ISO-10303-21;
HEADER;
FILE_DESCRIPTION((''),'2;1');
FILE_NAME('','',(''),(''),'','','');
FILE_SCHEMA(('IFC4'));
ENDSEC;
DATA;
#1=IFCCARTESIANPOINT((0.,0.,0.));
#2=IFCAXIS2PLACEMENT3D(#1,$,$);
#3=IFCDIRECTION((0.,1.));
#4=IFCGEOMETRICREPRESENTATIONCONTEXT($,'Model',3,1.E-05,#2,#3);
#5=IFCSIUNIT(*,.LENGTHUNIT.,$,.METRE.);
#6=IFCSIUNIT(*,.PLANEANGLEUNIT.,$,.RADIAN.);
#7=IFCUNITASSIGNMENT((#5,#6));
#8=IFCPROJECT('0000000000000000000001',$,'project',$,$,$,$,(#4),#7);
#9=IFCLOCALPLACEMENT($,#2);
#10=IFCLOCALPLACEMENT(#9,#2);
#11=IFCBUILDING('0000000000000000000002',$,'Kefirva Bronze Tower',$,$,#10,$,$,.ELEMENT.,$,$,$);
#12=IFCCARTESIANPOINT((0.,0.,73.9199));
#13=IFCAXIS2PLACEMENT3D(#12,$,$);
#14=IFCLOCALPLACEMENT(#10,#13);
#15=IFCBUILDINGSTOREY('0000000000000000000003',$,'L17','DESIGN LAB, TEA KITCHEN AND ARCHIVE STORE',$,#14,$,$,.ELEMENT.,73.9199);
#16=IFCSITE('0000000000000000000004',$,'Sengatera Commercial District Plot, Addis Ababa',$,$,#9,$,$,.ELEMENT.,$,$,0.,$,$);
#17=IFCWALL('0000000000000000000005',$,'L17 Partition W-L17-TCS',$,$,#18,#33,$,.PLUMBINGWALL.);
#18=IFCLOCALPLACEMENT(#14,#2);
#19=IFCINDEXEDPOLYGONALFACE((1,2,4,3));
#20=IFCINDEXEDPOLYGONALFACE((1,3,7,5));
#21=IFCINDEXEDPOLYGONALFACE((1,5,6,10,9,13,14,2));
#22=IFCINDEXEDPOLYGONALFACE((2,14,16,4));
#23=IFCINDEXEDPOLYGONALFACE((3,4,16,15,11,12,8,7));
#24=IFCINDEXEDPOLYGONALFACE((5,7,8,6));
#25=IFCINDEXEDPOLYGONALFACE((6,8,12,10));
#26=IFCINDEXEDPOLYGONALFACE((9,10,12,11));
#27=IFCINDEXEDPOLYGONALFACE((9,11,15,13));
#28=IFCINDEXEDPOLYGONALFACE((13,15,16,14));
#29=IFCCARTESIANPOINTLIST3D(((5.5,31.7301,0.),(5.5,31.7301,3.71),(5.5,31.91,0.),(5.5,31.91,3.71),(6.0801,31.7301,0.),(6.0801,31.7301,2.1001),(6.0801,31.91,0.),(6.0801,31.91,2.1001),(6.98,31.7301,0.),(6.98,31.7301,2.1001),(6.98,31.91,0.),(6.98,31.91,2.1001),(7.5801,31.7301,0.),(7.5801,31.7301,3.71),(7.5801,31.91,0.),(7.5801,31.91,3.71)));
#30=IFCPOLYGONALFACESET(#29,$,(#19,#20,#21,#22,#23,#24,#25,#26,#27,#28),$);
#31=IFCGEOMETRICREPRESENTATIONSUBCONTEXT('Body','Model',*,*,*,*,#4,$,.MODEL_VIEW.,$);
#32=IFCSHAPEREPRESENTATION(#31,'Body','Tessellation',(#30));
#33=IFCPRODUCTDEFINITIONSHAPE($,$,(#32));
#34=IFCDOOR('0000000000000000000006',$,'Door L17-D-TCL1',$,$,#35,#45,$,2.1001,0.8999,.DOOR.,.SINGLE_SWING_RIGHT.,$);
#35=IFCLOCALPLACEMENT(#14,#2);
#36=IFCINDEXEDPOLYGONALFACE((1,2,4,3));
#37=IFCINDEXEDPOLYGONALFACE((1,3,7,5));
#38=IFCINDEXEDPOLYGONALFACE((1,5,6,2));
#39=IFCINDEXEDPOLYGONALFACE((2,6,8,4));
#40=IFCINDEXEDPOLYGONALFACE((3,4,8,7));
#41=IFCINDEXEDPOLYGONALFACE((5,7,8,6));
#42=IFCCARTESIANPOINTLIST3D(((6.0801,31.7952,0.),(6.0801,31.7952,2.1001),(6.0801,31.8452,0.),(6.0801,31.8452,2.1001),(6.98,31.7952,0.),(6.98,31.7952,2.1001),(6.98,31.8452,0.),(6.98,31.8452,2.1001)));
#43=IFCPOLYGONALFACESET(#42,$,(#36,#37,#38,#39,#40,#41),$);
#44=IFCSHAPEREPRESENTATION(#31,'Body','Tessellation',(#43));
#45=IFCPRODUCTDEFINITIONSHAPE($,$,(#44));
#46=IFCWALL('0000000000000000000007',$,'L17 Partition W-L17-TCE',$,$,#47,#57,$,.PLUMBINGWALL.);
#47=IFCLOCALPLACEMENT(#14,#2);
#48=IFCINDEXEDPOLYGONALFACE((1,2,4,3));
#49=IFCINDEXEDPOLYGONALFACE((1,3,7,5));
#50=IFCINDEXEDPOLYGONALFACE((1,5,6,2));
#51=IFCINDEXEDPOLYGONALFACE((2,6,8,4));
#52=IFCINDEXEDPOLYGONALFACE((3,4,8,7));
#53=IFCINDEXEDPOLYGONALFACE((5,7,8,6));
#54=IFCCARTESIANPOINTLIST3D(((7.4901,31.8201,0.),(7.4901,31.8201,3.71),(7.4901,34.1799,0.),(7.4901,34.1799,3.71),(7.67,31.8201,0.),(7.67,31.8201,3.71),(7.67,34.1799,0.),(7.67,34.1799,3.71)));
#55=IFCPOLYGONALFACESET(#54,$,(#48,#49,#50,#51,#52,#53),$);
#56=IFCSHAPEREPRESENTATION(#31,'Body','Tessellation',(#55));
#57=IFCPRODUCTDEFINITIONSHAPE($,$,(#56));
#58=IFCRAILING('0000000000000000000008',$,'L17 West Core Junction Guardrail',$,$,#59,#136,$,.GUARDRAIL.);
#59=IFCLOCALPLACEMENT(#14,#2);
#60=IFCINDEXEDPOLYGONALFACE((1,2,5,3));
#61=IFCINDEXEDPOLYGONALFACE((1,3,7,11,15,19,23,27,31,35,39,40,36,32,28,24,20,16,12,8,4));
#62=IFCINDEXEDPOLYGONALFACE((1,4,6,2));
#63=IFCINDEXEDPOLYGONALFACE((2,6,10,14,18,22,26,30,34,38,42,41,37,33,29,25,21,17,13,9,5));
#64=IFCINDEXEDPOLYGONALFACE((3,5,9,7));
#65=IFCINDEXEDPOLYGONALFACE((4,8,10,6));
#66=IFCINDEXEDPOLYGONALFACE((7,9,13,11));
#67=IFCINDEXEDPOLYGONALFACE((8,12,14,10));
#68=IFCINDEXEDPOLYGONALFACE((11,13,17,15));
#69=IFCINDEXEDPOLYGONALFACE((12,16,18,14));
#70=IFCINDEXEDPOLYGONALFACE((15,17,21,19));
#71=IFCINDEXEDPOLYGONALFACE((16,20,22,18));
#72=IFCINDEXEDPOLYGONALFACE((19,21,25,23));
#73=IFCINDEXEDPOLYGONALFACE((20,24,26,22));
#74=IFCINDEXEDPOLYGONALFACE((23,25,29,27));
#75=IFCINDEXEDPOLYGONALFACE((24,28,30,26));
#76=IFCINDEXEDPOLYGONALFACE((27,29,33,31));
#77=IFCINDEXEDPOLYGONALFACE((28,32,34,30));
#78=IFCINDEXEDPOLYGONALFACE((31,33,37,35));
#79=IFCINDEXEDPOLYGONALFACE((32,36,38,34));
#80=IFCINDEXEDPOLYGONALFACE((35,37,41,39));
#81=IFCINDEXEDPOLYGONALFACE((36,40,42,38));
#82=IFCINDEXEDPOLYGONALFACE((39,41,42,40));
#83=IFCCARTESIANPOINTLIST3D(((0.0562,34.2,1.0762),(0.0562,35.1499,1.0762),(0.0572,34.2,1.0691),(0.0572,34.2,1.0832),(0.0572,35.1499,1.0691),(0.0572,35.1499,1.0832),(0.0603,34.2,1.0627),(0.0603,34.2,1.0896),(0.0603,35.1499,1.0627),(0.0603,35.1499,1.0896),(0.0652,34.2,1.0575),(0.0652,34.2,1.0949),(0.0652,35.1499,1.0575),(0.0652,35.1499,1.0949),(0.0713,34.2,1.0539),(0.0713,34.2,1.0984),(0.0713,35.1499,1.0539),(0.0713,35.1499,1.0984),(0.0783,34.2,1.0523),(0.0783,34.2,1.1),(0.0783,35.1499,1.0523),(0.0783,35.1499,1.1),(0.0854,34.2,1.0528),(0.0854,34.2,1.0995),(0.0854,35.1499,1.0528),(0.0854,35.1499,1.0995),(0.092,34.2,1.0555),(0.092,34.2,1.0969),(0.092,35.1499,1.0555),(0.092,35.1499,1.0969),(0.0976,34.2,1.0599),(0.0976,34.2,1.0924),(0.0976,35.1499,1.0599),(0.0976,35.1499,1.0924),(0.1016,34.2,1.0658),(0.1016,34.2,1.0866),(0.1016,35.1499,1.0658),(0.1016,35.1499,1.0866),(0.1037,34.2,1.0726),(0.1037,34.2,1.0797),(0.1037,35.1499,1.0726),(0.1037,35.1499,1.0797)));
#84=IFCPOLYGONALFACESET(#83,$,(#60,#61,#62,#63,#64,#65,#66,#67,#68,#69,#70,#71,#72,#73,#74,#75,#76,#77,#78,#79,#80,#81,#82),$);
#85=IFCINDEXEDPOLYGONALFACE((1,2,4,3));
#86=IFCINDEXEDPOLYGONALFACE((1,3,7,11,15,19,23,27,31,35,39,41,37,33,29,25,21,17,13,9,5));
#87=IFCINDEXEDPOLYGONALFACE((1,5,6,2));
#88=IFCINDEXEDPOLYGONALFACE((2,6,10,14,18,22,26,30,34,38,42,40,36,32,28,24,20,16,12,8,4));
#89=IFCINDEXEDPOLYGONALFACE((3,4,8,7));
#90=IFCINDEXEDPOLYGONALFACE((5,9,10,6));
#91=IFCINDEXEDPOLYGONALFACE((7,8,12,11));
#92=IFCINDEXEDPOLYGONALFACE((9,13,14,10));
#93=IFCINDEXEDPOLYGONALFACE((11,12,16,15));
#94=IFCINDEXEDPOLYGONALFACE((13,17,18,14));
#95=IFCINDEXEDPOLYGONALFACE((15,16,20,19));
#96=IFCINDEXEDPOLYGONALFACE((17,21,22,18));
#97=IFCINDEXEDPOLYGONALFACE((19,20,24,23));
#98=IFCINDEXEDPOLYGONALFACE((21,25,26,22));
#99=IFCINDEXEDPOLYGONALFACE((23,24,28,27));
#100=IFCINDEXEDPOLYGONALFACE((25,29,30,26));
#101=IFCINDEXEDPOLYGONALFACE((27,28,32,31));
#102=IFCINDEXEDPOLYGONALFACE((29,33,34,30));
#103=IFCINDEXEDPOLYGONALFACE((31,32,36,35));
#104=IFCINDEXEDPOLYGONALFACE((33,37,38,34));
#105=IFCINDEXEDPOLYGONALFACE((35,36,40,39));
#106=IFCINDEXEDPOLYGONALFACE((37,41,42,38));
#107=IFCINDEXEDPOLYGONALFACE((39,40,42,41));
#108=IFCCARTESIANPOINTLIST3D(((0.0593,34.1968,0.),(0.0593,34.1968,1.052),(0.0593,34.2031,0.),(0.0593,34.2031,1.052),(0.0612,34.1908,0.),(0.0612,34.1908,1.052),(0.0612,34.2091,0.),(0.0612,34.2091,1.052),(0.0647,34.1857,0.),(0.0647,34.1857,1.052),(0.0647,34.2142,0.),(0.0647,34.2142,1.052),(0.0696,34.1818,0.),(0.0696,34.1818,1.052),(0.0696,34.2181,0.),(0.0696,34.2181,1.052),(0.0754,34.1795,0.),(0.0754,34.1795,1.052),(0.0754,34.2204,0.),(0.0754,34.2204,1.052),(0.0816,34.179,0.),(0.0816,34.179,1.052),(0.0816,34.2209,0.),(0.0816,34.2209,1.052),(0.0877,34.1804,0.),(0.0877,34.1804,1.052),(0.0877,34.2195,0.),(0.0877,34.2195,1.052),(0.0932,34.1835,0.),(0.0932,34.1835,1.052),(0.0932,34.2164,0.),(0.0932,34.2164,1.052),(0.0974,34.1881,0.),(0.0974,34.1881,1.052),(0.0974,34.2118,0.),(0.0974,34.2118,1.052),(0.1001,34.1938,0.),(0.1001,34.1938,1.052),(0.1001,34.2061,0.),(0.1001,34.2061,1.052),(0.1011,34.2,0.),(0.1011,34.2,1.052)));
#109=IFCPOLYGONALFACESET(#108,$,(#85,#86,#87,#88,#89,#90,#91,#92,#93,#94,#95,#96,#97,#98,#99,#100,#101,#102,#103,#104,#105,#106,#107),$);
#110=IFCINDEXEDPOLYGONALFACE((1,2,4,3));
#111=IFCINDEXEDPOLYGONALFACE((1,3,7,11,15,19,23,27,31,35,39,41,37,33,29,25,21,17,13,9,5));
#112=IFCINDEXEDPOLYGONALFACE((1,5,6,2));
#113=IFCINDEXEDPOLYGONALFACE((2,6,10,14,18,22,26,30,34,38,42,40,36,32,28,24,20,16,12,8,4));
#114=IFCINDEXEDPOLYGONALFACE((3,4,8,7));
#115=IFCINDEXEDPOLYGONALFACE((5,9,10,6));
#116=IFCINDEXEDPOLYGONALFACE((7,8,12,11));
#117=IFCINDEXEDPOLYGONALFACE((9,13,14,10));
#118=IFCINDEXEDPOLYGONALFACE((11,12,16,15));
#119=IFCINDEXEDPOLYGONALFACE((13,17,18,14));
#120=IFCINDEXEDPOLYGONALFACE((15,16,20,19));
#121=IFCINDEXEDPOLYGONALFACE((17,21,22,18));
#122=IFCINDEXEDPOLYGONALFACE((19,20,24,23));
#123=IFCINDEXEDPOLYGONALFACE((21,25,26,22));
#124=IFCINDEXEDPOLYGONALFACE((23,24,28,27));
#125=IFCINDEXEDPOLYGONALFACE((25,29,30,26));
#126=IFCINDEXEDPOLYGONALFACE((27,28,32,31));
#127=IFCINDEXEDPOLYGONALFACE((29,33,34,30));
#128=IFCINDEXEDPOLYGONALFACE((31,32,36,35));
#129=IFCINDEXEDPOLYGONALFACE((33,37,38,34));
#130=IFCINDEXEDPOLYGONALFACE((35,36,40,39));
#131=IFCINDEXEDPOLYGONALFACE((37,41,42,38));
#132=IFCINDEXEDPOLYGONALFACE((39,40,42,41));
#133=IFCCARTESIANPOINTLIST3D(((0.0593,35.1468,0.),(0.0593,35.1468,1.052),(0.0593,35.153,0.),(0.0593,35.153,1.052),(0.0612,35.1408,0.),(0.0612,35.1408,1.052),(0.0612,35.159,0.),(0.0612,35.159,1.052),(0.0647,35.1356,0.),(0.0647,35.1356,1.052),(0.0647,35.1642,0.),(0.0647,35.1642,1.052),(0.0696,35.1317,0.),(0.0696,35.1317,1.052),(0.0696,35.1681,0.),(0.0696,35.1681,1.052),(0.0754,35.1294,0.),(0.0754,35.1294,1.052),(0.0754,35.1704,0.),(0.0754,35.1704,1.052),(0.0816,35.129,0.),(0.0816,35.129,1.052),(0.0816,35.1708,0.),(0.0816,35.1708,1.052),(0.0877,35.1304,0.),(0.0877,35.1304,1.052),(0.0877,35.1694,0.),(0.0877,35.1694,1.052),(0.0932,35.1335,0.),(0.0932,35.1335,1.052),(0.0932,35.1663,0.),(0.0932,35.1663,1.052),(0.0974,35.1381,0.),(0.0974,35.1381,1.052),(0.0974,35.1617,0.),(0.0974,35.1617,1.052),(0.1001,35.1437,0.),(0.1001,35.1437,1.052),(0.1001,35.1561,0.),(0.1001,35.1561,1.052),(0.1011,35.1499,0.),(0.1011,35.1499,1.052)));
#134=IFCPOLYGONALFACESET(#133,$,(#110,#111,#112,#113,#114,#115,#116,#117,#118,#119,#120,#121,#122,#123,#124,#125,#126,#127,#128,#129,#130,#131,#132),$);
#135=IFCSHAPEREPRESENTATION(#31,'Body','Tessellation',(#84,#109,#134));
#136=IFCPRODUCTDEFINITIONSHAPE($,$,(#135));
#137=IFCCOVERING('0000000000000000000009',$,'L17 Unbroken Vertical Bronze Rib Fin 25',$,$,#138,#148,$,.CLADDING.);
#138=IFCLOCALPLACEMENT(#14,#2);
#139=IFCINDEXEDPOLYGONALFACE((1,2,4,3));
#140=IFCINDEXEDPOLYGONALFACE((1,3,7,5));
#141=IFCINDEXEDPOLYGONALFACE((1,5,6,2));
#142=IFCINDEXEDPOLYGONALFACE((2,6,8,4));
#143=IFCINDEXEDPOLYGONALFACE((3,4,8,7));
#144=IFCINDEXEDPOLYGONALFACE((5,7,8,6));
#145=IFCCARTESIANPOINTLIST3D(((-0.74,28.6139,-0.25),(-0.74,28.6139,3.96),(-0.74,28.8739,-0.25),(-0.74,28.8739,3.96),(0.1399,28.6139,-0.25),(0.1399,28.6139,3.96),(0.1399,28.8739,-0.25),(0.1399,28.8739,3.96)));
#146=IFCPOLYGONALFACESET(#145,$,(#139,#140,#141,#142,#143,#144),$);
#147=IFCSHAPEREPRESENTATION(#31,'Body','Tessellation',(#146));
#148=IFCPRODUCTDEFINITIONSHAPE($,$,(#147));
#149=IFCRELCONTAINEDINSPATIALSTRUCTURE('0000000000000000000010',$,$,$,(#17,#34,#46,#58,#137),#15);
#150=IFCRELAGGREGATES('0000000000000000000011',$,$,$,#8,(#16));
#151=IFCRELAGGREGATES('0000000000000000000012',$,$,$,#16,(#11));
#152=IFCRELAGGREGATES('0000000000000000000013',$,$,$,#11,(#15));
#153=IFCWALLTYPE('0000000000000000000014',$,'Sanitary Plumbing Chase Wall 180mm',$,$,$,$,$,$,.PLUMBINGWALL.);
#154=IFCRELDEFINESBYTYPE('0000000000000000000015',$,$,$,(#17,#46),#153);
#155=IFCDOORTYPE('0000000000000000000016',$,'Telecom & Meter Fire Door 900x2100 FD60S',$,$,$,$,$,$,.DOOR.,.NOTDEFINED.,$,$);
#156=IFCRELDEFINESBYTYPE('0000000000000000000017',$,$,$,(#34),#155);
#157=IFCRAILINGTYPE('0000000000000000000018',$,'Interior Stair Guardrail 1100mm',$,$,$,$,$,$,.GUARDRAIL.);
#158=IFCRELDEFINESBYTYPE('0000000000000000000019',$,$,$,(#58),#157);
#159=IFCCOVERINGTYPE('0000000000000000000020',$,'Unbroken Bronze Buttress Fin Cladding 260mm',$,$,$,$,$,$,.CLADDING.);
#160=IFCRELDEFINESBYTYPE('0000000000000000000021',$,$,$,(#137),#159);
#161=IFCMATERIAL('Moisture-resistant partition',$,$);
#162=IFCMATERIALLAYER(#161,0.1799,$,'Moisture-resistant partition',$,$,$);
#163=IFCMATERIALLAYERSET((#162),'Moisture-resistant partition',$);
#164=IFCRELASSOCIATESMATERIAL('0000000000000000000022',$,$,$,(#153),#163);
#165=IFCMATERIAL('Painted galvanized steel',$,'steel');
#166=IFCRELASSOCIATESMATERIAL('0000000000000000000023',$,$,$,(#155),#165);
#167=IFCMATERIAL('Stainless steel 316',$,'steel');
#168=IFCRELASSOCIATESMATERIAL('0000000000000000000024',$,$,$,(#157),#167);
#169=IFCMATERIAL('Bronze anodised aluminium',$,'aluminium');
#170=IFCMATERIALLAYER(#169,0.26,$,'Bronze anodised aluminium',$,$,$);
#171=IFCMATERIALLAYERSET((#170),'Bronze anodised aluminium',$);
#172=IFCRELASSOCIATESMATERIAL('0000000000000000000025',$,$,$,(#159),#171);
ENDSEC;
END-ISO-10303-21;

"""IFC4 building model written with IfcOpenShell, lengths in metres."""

from ifc_helpers import new_model, si_unit, direction, frame, frame_2d, origin, origin_2d, place, context, subcontext, project, spatial, rectangle, circle, extrude, material, layer, layer_set, type_object, element, fill, save


model = new_model("IFC4")

# Units and contexts
model_context = context("Model", 3, precision=1e-05, world=origin(), true_north=direction((0.0, 1.0)))
body_context = subcontext(model_context, "Body", "Model", "MODEL_VIEW")
ifc_project = project(units=[si_unit("LENGTHUNIT", "METRE"), si_unit("PLANEANGLEUNIT", "RADIAN")], contexts=[model_context])

# Site, building, storey
site_placement = place(None, origin())
site = spatial("IfcSite", under=ifc_project, at=site_placement, Name="Sengatera Commercial District Plot, Addis Ababa", CompositionType="ELEMENT", RefElevation=0.0)
building_placement = place(site_placement, origin())
building = spatial("IfcBuilding", under=site, at=building_placement, Name="Kefirva Bronze Tower", CompositionType="ELEMENT")
storey_placement = place(building_placement, frame((0.0, 0.0, 73.9199)))
storey = spatial("IfcBuildingStorey", under=building, at=storey_placement, Name="L17", Description="DESIGN LAB, TEA KITCHEN AND ARCHIVE STORE", CompositionType="ELEMENT", Elevation=73.9199)

# Shared definitions
ifc_material_1 = material(Name="Bronze anodised aluminium", Category="aluminium")

# Shared definitions
ifc_material_2 = material(Name="Painted galvanized steel", Category="steel")

# Wall, opening, door
ifc_material_3 = material(Name="Moisture-resistant partition")
ifc_layer_1 = layer(ifc_material_3, 0.1799, Name="Moisture-resistant partition")
ifc_layer_set_1 = layer_set([ifc_layer_1], Name="Moisture-resistant partition")
wall_type_1 = type_object("IfcWallType", Name="Sanitary Plumbing Chase Wall 180mm", PredefinedType="PLUMBINGWALL", material=ifc_layer_set_1)
wall_1_placement = place(storey_placement, frame((5.5, 31.8201, 0.0), z_axis=(0.0, 0.0, 1.0), x_axis=(1.0, 0.0, 0.0)))
wall_1 = element("IfcWall", 1, at=wall_1_placement, inside=storey, type_object=wall_type_1, Name="L17 Partition W-L17-TCS", PredefinedType="PLUMBINGWALL", context=body_context, shape_type="SweptSolid", body=[
    extrude(rectangle(XDim=2.0801, YDim=0.1799, at=frame_2d((1.04, 0.0))), origin(), (0.0, 0.0, 1.0), 3.71),
])
opening_1_placement = place(wall_1_placement, frame((1.48, 0.0, 0.0), z_axis=(0.0, 0.0, 1.0), x_axis=(-1.0, 0.0, 0.0)))
opening_1 = element("IfcOpeningElement", 2, at=opening_1_placement, cuts=wall_1, PredefinedType="OPENING", context=body_context, shape_type="SweptSolid", body=[
    extrude(rectangle(XDim=0.8999, YDim=2.1001, at=frame_2d((0.45, 1.05))), frame((0.0, 0.1001, 0.0), z_axis=(0.0, -1.0, 0.0), x_axis=(1.0, 0.0, 0.0)), (0.0, 0.0, 1.0), 0.2),
])
door_type_1 = type_object("IfcDoorType", Name="Telecom & Meter Fire Door 900x2100 FD60S", OperationType="NOTDEFINED", PredefinedType="DOOR", material=ifc_material_2)
door_1_placement = place(opening_1_placement, origin())
door_1 = element("IfcDoor", 3, at=door_1_placement, inside=storey, type_object=door_type_1, Name="Door L17-D-TCL1", OperationType="SINGLE_SWING_RIGHT", OverallHeight=2.1001, OverallWidth=0.8999, PredefinedType="DOOR", context=body_context, shape_type="SweptSolid", body=[
    extrude(rectangle(XDim=0.8999, YDim=2.1001, at=frame_2d((0.45, 1.05))), frame((0.0, 0.0249, 0.0), z_axis=(0.0, -1.0, 0.0), x_axis=(1.0, 0.0, 0.0)), (0.0, 0.0, 1.0), 0.05),
])
fill(opening_1, door_1)

# Wall
wall_2_placement = place(storey_placement, frame((7.5801, 31.8201, 0.0), z_axis=(0.0, 0.0, 1.0), x_axis=(0.0, 1.0, 0.0)))
element("IfcWall", 4, at=wall_2_placement, inside=storey, type_object=wall_type_1, Name="L17 Partition W-L17-TCE", PredefinedType="PLUMBINGWALL", context=body_context, shape_type="SweptSolid", body=[
    extrude(rectangle(XDim=2.3599, YDim=0.1799, at=frame_2d((1.1799, 0.0))), origin(), (0.0, 0.0, 1.0), 3.71),
])

# Railing
ifc_material_4 = material(Name="Stainless steel 316", Category="steel")
railing_type = type_object("IfcRailingType", Name="Interior Stair Guardrail 1100mm", PredefinedType="GUARDRAIL", material=ifc_material_4)
railing_placement = place(storey_placement, frame((0.0801, 34.2, 0.0)))
element("IfcRailing", 5, at=railing_placement, inside=storey, type_object=railing_type, Name="L17 West Core Junction Guardrail", PredefinedType="GUARDRAIL", context=body_context, shape_type="SweptSolid", body=[
    extrude(circle(Radius=0.0239, at=origin_2d()), frame((0.0, 0.0, 1.0762), z_axis=(0.0, 1.0, 0.0), x_axis=(-1.0, 0.0, 0.0)), (0.0, 0.0, 1.0), 0.95),
    extrude(circle(Radius=0.021, at=origin_2d()), origin(), (0.0, 0.0, 1.0), 1.052),
    extrude(circle(Radius=0.021, at=origin_2d()), frame((0.0, 0.95, 0.0)), (0.0, 0.0, 1.0), 1.052),
])

# Covering
ifc_layer_2 = layer(ifc_material_1, 0.26, Name="Bronze anodised aluminium")
ifc_layer_set_2 = layer_set([ifc_layer_2], Name="Bronze anodised aluminium")
covering_type = type_object("IfcCoveringType", Name="Unbroken Bronze Buttress Fin Cladding 260mm", PredefinedType="CLADDING", material=ifc_layer_set_2)
covering_placement = place(storey_placement, frame((-0.3, 28.7439, -0.25), z_axis=(0.0, 0.0, 1.0), x_axis=(0.0, -1.0, 0.0)))
element("IfcCovering", 6, at=covering_placement, inside=storey, type_object=covering_type, Name="L17 Unbroken Vertical Bronze Rib Fin 25", PredefinedType="CLADDING", context=body_context, shape_type="SweptSolid", body=[
    extrude(rectangle(XDim=0.26, YDim=0.8799, at=origin_2d()), origin(), (0.0, 0.0, 1.0), 4.21),
])

save(model, "model.ifc")
